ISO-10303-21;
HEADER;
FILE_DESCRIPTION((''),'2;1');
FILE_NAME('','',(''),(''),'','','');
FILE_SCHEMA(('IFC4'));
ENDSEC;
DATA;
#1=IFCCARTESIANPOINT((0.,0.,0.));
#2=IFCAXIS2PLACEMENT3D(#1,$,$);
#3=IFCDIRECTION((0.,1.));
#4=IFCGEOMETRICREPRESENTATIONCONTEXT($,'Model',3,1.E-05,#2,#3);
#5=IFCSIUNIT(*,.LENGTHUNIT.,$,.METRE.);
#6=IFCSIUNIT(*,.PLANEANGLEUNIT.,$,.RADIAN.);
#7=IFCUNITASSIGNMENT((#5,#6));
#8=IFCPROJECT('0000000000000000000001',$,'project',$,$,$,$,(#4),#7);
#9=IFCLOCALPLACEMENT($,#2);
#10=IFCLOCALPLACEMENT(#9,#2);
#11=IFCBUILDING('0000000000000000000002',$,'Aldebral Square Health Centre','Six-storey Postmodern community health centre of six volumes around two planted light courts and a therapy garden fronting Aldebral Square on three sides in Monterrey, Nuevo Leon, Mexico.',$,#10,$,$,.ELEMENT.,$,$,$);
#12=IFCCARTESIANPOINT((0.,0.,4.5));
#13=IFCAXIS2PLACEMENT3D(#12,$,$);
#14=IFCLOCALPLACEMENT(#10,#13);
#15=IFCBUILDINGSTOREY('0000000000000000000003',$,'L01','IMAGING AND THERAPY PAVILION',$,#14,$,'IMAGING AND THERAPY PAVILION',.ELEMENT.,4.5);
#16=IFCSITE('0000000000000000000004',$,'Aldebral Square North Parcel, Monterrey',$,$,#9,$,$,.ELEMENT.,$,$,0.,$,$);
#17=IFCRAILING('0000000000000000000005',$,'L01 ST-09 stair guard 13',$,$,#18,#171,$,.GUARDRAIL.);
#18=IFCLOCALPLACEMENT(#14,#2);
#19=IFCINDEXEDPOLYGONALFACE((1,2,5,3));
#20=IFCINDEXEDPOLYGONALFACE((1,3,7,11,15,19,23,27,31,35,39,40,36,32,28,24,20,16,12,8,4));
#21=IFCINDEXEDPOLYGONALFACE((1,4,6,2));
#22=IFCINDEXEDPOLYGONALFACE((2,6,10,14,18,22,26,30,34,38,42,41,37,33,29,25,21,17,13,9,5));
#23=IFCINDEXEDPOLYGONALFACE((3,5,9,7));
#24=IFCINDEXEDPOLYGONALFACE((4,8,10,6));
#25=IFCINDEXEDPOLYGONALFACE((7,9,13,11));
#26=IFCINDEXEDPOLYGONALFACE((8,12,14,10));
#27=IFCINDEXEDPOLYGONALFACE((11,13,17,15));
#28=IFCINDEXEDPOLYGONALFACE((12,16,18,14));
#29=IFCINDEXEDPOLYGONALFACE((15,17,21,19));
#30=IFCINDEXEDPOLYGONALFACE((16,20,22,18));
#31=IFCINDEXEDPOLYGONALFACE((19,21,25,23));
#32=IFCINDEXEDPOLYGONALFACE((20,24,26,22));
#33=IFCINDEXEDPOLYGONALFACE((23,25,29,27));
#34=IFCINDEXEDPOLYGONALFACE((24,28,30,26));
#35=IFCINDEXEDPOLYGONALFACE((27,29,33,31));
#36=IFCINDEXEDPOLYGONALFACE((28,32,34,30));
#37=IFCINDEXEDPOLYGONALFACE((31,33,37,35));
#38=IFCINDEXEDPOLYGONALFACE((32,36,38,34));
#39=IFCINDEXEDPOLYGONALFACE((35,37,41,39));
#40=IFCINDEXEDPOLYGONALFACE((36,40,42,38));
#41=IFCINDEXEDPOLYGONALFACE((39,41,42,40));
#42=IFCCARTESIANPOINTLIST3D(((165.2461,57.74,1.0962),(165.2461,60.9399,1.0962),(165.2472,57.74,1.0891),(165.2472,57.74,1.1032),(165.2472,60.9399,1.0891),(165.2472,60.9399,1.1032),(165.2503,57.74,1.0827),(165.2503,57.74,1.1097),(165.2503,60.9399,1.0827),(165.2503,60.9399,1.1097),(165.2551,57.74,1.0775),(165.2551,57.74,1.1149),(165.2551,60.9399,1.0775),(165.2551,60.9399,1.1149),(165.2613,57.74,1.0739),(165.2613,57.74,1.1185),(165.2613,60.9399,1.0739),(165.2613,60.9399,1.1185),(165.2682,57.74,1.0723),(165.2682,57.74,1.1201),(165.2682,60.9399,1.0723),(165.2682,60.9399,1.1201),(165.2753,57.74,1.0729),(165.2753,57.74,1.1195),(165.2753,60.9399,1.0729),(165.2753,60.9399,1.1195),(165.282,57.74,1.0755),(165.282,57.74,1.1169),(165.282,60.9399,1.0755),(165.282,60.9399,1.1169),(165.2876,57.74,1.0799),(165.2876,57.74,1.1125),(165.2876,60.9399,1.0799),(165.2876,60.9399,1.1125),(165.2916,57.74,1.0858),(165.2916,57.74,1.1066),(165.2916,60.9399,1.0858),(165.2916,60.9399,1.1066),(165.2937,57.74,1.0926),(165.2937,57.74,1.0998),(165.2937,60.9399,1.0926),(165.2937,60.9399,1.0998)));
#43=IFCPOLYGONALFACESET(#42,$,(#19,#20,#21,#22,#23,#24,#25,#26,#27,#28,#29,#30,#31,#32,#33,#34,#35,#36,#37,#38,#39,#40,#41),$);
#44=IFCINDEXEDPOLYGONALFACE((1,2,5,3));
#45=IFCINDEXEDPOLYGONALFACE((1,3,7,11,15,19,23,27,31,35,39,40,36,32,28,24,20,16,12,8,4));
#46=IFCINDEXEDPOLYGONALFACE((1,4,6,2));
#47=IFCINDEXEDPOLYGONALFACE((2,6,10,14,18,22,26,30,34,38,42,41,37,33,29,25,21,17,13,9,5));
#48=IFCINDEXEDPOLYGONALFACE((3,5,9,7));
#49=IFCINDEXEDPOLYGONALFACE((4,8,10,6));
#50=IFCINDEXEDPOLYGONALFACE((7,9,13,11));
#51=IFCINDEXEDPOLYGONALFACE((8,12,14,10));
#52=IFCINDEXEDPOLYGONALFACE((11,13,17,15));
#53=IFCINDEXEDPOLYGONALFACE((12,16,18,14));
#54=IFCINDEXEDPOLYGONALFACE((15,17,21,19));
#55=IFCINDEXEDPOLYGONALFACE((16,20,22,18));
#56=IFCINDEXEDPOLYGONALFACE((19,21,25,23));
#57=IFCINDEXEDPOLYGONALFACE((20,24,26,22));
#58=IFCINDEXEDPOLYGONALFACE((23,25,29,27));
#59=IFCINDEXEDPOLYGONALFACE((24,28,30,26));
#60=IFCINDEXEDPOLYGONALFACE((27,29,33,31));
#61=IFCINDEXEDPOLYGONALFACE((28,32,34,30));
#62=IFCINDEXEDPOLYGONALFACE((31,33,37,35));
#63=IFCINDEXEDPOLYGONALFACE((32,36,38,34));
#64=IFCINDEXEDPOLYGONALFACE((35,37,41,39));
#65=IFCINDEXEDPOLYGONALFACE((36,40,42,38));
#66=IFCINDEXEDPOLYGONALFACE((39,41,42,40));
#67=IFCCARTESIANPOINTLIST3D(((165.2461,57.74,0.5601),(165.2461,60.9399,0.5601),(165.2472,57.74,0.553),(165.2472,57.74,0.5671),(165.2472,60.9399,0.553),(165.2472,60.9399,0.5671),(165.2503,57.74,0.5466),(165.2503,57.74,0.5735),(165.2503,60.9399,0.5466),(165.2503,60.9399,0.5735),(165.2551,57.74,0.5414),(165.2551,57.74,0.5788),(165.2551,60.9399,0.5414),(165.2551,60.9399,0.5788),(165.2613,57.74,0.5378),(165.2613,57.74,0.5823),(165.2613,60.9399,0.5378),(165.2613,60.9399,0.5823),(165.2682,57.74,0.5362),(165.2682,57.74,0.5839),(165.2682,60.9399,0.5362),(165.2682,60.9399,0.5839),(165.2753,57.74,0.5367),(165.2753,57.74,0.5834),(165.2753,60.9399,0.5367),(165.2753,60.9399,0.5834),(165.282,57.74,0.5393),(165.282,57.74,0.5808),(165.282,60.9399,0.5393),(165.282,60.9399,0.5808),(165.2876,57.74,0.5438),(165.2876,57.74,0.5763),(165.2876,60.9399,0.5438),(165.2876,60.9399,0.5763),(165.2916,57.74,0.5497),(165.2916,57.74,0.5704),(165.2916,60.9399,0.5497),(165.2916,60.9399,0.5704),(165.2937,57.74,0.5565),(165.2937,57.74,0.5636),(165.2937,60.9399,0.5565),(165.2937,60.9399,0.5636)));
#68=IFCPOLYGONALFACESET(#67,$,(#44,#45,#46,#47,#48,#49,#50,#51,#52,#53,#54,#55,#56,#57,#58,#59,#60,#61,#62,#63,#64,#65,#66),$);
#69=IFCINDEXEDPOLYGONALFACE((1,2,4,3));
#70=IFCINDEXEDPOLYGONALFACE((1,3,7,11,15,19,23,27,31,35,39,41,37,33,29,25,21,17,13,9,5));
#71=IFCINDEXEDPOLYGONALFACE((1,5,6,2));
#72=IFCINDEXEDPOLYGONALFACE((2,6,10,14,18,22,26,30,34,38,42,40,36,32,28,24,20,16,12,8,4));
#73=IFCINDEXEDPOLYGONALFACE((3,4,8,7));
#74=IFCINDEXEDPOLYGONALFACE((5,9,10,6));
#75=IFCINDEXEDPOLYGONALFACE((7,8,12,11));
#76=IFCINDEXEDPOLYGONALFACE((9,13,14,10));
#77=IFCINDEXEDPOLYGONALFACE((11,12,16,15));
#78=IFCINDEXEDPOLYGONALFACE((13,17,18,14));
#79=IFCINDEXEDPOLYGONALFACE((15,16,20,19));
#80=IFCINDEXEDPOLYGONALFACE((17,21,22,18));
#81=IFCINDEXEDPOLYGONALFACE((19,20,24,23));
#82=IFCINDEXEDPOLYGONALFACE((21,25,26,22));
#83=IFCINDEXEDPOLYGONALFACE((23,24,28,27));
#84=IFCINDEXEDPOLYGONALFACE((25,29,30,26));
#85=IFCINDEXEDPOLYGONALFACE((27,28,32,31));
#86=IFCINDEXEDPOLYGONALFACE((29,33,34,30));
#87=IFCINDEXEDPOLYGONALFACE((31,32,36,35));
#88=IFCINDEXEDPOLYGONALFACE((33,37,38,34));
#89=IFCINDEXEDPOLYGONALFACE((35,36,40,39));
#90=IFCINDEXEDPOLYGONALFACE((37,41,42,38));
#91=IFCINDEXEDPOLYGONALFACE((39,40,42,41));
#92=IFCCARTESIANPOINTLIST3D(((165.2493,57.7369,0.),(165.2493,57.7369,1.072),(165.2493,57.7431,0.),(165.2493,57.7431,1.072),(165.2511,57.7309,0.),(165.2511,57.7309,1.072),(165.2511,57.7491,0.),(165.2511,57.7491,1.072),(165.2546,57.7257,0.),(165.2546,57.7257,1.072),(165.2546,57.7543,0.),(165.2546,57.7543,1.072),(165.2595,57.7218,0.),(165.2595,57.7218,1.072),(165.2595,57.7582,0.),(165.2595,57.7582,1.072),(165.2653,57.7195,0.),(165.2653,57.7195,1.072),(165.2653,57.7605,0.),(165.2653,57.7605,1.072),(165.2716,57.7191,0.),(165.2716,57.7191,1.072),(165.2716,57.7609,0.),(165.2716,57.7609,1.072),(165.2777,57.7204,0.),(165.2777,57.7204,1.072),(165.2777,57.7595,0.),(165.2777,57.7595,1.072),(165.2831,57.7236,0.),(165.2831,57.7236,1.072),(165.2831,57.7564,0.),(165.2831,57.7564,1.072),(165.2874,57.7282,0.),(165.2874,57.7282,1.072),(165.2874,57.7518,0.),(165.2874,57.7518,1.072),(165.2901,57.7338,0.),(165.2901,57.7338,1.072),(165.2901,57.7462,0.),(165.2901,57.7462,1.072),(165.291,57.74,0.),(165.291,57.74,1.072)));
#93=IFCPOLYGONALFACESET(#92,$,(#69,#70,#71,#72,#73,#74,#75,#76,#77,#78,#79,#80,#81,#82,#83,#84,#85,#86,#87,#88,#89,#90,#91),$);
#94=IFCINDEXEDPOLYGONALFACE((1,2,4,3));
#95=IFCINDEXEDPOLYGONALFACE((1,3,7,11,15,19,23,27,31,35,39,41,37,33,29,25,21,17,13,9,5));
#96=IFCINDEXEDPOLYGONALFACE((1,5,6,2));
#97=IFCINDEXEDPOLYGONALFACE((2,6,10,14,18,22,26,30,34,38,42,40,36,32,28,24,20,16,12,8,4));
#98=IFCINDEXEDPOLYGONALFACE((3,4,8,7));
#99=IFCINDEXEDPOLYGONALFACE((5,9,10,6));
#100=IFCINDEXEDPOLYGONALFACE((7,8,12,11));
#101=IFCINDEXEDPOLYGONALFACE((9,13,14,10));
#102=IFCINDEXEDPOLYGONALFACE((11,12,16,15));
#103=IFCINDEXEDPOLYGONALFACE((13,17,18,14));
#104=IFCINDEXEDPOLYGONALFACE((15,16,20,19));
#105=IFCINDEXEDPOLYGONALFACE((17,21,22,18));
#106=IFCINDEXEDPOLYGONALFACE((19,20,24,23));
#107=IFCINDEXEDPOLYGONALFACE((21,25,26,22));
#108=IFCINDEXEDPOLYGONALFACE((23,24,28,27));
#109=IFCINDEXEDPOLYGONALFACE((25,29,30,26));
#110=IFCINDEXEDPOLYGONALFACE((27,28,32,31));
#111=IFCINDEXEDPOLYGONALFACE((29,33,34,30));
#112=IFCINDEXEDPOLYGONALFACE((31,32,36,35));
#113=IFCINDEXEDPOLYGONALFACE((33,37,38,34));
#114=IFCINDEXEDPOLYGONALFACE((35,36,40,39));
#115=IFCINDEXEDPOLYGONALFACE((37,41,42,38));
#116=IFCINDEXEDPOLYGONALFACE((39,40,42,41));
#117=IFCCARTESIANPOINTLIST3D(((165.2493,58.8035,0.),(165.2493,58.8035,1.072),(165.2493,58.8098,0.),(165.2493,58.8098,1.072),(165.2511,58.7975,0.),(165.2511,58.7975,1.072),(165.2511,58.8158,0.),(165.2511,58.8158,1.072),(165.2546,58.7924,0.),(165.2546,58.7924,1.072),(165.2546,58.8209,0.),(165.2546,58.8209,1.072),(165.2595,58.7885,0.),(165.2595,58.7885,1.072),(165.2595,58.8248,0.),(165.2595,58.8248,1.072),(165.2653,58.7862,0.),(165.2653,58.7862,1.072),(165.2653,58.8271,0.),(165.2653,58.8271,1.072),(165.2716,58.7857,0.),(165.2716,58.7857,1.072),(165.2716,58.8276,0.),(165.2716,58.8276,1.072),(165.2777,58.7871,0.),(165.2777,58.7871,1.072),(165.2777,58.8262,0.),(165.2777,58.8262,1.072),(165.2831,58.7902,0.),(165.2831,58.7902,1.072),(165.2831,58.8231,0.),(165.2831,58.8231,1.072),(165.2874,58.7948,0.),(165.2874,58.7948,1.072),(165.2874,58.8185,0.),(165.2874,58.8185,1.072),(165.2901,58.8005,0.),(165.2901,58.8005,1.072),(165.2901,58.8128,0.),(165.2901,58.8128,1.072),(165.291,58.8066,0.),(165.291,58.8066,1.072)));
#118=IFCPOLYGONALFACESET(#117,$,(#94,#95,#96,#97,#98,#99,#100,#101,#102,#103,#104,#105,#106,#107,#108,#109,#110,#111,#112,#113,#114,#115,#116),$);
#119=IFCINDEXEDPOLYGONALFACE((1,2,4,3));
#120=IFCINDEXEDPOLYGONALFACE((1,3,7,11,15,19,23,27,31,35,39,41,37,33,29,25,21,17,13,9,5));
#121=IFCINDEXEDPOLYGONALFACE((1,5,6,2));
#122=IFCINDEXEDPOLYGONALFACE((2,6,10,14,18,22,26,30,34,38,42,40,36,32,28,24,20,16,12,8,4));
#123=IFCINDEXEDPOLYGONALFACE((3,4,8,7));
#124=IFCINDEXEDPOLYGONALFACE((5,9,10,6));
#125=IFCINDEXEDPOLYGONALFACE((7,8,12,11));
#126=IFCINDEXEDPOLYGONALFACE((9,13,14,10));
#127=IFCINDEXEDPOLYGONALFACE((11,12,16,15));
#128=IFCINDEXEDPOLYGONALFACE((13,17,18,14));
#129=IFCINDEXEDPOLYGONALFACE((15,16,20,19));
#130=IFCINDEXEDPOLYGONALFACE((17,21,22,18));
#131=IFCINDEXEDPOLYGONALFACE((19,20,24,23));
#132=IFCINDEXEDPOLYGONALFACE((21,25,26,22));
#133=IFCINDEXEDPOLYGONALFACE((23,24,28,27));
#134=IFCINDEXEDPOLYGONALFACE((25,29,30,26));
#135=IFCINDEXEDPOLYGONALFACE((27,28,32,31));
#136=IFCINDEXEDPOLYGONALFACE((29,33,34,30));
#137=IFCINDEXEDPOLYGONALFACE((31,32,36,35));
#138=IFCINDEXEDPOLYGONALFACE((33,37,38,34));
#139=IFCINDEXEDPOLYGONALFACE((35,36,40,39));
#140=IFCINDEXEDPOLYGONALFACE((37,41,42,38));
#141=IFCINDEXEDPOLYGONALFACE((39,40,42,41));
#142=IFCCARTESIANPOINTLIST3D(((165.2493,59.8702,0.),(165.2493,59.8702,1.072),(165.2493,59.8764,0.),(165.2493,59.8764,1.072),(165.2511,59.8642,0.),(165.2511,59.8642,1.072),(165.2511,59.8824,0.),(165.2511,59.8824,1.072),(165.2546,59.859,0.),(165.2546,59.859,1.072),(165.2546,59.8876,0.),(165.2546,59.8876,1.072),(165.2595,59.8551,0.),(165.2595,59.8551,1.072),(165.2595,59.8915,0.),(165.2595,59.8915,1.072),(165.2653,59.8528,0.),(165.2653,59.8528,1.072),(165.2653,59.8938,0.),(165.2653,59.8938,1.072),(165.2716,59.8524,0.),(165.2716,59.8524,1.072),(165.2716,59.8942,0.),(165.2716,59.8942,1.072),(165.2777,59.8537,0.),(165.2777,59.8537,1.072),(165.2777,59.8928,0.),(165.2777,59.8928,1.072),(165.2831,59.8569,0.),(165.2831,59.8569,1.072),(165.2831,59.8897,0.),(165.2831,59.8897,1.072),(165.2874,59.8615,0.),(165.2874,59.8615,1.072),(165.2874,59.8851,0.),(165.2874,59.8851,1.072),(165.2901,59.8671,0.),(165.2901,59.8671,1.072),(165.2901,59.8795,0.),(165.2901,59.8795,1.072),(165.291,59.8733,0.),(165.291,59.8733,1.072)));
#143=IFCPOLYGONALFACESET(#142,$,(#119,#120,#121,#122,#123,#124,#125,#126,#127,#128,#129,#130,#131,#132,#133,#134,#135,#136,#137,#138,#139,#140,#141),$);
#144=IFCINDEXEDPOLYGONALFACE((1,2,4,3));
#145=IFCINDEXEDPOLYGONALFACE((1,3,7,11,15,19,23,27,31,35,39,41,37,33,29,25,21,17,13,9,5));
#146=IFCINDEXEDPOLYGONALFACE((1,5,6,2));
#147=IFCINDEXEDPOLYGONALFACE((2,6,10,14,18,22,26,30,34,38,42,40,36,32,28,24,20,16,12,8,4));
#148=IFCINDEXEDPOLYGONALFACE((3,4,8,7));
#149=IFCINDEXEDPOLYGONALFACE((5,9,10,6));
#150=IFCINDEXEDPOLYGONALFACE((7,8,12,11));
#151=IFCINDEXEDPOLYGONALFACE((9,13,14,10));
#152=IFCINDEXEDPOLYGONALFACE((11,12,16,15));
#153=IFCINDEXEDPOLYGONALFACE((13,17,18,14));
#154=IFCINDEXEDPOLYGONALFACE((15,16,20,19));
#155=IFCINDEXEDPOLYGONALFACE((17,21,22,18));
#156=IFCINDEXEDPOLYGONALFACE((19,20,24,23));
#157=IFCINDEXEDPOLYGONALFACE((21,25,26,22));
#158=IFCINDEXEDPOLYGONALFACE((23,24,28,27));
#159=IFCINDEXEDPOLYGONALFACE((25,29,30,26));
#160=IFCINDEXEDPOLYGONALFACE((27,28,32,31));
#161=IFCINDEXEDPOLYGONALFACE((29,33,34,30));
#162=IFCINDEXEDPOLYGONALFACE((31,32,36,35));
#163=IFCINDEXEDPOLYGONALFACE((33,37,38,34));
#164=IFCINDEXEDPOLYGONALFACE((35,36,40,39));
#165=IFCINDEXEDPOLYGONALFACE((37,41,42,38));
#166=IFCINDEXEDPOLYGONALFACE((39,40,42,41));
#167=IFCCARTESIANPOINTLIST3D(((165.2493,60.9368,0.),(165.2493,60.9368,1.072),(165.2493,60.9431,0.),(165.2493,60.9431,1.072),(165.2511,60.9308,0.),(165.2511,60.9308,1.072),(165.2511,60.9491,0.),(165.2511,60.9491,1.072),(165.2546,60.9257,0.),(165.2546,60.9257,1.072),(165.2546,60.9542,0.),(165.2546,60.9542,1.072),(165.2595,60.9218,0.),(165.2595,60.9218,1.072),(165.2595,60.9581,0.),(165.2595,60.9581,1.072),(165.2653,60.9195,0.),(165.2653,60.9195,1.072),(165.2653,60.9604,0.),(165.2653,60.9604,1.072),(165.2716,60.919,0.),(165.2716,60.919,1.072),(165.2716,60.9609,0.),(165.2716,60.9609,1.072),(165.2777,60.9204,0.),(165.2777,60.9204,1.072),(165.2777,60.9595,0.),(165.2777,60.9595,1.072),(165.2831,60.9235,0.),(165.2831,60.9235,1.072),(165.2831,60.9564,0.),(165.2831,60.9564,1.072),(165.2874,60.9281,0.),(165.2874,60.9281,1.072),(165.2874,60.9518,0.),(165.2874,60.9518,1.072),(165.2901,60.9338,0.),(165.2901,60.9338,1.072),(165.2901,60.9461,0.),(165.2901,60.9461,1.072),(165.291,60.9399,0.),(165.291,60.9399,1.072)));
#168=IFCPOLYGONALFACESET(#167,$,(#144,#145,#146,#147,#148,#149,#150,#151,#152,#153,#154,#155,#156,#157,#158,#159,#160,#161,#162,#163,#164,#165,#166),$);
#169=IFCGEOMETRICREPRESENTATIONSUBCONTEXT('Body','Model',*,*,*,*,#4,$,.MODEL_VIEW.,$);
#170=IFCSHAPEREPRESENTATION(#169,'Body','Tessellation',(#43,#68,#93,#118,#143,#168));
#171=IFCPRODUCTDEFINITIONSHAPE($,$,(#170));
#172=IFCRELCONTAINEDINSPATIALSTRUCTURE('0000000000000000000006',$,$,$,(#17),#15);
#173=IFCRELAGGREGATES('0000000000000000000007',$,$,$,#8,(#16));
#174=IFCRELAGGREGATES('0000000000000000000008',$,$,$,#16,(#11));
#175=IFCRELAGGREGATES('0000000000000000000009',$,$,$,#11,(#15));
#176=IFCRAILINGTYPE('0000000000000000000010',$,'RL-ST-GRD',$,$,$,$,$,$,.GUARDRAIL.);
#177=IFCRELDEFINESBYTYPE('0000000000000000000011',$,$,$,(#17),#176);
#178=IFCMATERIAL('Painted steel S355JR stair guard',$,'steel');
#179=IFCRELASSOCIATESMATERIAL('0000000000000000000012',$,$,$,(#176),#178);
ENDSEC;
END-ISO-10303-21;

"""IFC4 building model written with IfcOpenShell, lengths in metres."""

from ifc_helpers import new_model, si_unit, direction, frame, origin, origin_2d, place, context, subcontext, project, spatial, circle, extrude, material, type_object, element, save


model = new_model("IFC4")

# Units and contexts
model_context = context("Model", 3, precision=1e-05, world=origin(), true_north=direction((0.0, 1.0)))
body_context = subcontext(model_context, "Body", "Model", "MODEL_VIEW")
ifc_project = project(units=[si_unit("LENGTHUNIT", "METRE"), si_unit("PLANEANGLEUNIT", "RADIAN")], contexts=[model_context])

# Site, building, storey
site_placement = place(None, origin())
site = spatial("IfcSite", under=ifc_project, at=site_placement, Name="Aldebral Square North Parcel, Monterrey", CompositionType="ELEMENT", RefElevation=0.0)
building_placement = place(site_placement, origin())
building = spatial("IfcBuilding", under=site, at=building_placement, Name="Aldebral Square Health Centre", Description="Six-storey Postmodern community health centre of six volumes around two planted light courts and a therapy garden fronting Aldebral Square on three sides in Monterrey, Nuevo Leon, Mexico.", CompositionType="ELEMENT")
storey_placement = place(building_placement, frame((0.0, 0.0, 4.5)))
storey = spatial("IfcBuildingStorey", under=building, at=storey_placement, Name="L01", Description="IMAGING AND THERAPY PAVILION", LongName="IMAGING AND THERAPY PAVILION", CompositionType="ELEMENT", Elevation=4.5)

# Railing
ifc_material_1 = material(Name="Painted steel S355JR stair guard", Category="steel")
railing_type_1 = type_object("IfcRailingType", Name="RL-ST-GRD", PredefinedType="GUARDRAIL", material=ifc_material_1)
railing_1_placement = place(storey_placement, frame((165.27, 57.74, 0.0)))
element("IfcRailing", 1, at=railing_1_placement, inside=storey, type_object=railing_type_1, Name="L01 ST-09 stair guard 13", PredefinedType="GUARDRAIL", context=body_context, shape_type="SweptSolid", body=[
    extrude(circle(Radius=0.0239, at=origin_2d()), frame((0.0, 0.0, 1.0962), z_axis=(0.0, 1.0, 0.0), x_axis=(-1.0, 0.0, 0.0)), (0.0, 0.0, 1.0), 3.2),
    extrude(circle(Radius=0.0239, at=origin_2d()), frame((0.0, 0.0, 0.5601), z_axis=(0.0, 1.0, 0.0), x_axis=(-1.0, 0.0, 0.0)), (0.0, 0.0, 1.0), 3.2),
    extrude(circle(Radius=0.021, at=origin_2d()), origin(), (0.0, 0.0, 1.0), 1.072),
    extrude(circle(Radius=0.021, at=origin_2d()), frame((0.0, 1.0667, 0.0)), (0.0, 0.0, 1.0), 1.072),
    extrude(circle(Radius=0.021, at=origin_2d()), frame((0.0, 2.1333, 0.0)), (0.0, 0.0, 1.0), 1.072),
    extrude(circle(Radius=0.021, at=origin_2d()), frame((0.0, 3.2, 0.0)), (0.0, 0.0, 1.0), 1.072),
])

save(model, "model.ifc")
